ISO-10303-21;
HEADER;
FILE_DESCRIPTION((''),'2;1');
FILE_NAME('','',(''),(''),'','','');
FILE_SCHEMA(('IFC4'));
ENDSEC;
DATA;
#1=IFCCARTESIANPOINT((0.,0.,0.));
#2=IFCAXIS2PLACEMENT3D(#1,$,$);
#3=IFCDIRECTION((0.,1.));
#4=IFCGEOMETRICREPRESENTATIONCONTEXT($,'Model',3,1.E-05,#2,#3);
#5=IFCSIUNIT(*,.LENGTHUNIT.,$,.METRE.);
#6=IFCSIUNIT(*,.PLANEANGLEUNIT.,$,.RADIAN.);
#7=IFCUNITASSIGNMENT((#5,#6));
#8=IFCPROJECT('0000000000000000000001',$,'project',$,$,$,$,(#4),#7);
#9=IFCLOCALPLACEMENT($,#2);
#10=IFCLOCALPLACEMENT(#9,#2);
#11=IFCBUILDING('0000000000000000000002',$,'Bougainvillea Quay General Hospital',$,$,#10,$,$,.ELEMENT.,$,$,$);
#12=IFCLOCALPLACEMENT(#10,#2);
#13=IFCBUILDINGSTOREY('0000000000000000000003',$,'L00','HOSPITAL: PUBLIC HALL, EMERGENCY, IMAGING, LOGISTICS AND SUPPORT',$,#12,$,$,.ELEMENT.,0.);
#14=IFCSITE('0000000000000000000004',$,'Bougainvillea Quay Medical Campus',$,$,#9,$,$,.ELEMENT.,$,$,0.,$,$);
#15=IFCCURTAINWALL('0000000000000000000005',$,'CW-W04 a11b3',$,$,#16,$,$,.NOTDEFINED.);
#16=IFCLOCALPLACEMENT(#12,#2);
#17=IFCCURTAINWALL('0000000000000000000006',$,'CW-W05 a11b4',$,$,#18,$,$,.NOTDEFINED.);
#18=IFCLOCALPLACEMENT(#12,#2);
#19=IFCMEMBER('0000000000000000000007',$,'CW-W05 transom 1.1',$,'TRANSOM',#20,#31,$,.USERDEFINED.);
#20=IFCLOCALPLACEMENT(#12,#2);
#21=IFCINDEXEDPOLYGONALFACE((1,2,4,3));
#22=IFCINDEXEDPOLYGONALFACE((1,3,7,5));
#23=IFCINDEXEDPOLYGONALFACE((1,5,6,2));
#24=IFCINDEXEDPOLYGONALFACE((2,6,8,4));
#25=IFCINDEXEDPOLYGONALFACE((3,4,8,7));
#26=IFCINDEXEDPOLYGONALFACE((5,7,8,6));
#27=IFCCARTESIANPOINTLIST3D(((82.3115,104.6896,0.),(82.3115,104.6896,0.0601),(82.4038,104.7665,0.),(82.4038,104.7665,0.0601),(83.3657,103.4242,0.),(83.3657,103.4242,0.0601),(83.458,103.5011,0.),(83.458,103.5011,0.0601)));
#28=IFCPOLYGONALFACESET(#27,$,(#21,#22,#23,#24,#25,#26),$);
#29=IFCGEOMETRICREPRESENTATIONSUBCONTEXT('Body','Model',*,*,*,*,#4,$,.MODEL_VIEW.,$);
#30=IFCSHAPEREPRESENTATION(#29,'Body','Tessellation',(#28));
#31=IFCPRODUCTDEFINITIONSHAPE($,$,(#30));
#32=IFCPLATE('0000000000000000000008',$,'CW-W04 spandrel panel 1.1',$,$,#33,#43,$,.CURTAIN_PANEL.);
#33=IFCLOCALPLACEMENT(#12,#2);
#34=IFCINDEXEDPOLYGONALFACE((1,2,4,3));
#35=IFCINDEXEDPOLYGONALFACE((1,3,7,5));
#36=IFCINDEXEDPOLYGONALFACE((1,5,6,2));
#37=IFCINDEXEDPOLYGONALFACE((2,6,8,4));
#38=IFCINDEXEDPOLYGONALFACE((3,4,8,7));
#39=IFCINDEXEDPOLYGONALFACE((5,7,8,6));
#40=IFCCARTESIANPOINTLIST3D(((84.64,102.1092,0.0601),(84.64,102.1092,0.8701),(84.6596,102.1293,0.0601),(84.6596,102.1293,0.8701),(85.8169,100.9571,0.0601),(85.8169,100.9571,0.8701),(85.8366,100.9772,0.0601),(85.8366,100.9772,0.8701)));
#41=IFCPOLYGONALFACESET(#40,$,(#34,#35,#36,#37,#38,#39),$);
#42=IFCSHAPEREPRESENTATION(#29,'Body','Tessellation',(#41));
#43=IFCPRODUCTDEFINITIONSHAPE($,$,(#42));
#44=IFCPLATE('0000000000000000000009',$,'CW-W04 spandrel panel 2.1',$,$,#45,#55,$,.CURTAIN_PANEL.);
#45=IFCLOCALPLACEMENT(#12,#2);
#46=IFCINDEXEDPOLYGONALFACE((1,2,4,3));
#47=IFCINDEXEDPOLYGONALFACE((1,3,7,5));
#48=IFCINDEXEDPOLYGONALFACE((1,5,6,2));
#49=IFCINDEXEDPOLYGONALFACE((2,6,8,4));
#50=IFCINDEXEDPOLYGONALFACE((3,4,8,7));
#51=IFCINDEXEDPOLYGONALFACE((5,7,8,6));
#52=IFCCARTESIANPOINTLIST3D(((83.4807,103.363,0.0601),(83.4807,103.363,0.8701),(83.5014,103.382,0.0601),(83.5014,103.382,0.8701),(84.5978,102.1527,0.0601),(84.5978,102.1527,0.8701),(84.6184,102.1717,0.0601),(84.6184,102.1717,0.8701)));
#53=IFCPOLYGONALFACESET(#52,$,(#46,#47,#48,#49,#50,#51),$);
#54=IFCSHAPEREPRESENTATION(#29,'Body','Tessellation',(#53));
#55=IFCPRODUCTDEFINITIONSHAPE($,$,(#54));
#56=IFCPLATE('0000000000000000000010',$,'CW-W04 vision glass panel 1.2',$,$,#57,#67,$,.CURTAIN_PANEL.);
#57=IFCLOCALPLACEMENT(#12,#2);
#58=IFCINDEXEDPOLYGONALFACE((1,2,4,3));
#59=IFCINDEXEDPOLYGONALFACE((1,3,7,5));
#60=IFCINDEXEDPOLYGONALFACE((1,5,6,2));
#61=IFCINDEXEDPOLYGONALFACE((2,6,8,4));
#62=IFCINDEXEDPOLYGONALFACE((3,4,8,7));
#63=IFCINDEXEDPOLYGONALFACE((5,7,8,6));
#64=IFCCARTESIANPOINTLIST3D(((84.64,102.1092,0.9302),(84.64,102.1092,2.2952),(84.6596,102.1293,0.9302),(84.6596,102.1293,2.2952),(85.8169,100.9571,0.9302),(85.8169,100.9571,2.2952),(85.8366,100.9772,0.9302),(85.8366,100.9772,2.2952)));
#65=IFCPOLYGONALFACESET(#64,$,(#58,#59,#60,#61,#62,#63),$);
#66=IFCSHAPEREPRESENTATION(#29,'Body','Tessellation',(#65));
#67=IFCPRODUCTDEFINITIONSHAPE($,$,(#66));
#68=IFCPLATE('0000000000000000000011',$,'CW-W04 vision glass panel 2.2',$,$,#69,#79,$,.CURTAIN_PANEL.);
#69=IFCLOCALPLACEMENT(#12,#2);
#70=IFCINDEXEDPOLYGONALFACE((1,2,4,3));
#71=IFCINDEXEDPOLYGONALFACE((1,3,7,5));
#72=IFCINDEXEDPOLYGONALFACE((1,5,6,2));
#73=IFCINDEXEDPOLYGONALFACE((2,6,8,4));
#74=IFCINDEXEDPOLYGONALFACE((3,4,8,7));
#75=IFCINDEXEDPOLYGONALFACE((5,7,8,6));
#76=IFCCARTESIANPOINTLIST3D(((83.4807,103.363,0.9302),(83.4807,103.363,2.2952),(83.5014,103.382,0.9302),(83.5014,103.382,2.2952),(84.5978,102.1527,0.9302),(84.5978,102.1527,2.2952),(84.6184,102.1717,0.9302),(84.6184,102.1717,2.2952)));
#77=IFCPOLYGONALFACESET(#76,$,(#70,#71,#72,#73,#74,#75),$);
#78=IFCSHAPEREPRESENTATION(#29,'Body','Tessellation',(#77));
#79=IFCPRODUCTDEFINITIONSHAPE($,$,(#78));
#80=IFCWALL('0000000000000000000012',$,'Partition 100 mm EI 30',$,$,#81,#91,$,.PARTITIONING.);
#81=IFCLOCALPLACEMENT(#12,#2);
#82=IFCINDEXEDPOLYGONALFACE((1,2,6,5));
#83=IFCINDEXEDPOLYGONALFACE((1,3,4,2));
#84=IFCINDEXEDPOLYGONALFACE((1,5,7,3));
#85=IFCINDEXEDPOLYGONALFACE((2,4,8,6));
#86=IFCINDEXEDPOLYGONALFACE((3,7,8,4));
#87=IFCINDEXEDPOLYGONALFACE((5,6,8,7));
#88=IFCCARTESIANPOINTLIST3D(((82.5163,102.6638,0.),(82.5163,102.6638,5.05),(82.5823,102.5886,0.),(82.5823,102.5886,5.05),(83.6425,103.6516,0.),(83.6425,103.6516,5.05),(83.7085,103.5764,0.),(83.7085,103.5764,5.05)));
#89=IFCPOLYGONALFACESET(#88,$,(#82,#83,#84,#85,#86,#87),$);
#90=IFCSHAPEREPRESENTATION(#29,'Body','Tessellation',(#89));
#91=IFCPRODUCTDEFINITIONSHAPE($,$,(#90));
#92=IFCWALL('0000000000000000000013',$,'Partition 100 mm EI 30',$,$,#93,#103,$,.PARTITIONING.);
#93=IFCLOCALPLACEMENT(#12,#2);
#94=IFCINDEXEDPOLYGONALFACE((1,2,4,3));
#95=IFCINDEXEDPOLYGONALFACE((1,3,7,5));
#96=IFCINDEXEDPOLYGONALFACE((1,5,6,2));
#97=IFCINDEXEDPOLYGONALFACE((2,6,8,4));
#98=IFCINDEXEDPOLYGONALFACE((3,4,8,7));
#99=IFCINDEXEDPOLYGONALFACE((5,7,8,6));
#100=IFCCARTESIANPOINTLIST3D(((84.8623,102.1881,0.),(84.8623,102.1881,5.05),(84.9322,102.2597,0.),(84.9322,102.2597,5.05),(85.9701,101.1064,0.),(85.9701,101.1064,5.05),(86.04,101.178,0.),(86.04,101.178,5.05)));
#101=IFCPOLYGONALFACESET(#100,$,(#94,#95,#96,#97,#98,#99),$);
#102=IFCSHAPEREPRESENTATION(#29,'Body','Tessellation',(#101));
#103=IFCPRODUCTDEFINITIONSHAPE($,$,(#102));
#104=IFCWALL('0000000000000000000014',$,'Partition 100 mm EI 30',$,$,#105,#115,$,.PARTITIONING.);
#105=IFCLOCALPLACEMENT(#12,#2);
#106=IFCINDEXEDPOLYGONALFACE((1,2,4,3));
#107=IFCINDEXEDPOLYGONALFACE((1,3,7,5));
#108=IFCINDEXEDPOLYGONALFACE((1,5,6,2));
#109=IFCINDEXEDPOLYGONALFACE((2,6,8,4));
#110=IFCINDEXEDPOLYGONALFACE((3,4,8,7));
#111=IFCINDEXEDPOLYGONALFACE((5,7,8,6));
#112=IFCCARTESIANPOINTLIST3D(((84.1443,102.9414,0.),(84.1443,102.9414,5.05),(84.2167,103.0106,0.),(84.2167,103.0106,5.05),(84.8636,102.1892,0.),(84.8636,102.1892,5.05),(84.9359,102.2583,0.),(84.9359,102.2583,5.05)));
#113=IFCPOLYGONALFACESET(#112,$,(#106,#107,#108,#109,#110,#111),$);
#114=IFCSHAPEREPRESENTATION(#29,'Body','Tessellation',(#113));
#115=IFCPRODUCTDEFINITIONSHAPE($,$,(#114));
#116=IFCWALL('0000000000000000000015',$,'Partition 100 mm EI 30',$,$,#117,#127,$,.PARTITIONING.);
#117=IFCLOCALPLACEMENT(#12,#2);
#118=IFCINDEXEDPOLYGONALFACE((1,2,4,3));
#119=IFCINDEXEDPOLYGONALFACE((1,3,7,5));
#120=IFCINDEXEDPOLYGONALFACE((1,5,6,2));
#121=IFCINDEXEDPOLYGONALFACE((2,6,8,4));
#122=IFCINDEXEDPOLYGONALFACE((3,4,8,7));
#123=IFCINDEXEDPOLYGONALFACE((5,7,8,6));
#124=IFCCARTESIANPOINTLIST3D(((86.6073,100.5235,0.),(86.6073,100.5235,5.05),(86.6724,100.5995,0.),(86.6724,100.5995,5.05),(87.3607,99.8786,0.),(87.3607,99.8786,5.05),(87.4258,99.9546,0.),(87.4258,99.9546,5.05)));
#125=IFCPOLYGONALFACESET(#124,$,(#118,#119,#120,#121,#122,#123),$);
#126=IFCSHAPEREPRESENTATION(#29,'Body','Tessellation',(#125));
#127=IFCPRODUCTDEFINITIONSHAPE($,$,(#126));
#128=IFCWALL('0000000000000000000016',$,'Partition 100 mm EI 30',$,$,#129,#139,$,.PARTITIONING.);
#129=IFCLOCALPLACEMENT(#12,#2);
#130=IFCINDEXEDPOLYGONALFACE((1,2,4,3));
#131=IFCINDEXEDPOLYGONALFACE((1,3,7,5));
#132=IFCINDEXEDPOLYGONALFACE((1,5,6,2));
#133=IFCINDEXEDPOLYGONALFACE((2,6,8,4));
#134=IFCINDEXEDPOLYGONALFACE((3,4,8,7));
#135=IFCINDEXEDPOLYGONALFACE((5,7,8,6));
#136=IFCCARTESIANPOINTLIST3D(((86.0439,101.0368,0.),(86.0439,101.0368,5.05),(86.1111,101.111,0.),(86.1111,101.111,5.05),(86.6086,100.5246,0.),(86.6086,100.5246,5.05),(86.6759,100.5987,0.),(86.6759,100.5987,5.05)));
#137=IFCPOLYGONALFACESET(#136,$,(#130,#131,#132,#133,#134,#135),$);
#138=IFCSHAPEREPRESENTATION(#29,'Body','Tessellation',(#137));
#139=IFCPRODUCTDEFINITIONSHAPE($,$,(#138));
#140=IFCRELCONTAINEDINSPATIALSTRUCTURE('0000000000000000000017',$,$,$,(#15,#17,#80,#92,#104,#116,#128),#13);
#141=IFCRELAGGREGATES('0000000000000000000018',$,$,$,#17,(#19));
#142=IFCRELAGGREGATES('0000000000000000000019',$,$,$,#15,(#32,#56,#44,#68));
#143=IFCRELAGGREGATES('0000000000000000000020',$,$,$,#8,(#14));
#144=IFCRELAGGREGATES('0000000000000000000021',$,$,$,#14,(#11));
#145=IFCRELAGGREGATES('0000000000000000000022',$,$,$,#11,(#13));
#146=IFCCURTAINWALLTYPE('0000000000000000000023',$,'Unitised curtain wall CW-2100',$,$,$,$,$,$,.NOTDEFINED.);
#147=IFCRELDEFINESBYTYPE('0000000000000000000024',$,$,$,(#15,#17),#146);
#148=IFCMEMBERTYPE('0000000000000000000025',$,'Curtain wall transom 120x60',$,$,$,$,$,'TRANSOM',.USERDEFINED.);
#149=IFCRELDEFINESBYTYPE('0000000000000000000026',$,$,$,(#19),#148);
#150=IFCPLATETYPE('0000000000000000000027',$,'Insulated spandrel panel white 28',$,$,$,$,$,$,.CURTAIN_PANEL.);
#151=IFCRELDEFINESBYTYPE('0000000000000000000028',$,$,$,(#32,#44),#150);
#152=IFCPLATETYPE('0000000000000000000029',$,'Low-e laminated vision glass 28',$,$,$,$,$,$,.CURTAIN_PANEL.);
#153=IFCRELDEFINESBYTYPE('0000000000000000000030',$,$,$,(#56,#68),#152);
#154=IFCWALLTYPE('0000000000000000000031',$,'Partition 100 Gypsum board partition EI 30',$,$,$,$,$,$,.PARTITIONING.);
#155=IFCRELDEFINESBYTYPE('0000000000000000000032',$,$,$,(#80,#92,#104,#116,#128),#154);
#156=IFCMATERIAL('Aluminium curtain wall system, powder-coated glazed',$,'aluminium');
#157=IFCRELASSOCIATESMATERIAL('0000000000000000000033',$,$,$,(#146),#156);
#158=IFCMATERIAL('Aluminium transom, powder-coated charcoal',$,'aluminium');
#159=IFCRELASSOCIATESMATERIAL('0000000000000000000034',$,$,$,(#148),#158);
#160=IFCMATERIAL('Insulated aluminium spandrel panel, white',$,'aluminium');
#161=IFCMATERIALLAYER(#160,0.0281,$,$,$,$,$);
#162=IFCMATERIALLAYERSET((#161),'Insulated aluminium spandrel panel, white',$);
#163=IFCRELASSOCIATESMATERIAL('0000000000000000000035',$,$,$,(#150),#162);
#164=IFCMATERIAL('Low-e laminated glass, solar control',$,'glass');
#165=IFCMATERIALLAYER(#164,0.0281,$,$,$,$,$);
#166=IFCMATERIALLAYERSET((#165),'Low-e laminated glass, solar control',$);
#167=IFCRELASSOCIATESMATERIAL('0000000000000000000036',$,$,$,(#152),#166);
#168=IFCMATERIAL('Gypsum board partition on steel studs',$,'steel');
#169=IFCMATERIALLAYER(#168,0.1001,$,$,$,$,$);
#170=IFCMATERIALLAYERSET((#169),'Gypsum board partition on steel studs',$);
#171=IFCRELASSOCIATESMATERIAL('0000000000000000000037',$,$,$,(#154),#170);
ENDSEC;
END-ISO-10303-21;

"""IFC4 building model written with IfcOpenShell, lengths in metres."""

from ifc_helpers import new_model, si_unit, direction, frame, frame_2d, origin, origin_2d, place, context, subcontext, project, spatial, rectangle, extrude, material, layer, layer_set, material_profile, profile_set, type_object, element, aggregate, save


model = new_model("IFC4")

# Units and contexts
model_context = context("Model", 3, precision=1e-05, world=origin(), true_north=direction((0.0, 1.0)))
body_context = subcontext(model_context, "Body", "Model", "MODEL_VIEW")
ifc_project = project(units=[si_unit("LENGTHUNIT", "METRE"), si_unit("PLANEANGLEUNIT", "RADIAN")], contexts=[model_context])

# Site, building, storey
site_placement = place(None, origin())
site = spatial("IfcSite", under=ifc_project, at=site_placement, Name="Bougainvillea Quay Medical Campus", CompositionType="ELEMENT", RefElevation=0.0)
building_placement = place(site_placement, origin())
building = spatial("IfcBuilding", under=site, at=building_placement, Name="Bougainvillea Quay General Hospital", CompositionType="ELEMENT")
storey_placement = place(building_placement, origin())
storey = spatial("IfcBuildingStorey", under=building, at=storey_placement, Name="L00", Description="HOSPITAL: PUBLIC HALL, EMERGENCY, IMAGING, LOGISTICS AND SUPPORT", CompositionType="ELEMENT", Elevation=0.0)

# Shared definitions
ifc_material_1 = material(Name="Aluminium curtain wall system, powder-coated glazed", Category="aluminium")
curtain_wall_type = type_object("IfcCurtainWallType", Name="Unitised curtain wall CW-2100", PredefinedType="NOTDEFINED", material=ifc_material_1)

# Curtain wall
curtain_wall_1_placement = place(storey_placement, origin())
curtain_wall_1 = element("IfcCurtainWall", 1, at=curtain_wall_1_placement, inside=storey, type_object=curtain_wall_type, Name="CW-W04 a11b3", PredefinedType="NOTDEFINED")

# Curtain wall
curtain_wall_2_placement = place(storey_placement, origin())
curtain_wall_2 = element("IfcCurtainWall", 2, at=curtain_wall_2_placement, inside=storey, type_object=curtain_wall_type, Name="CW-W05 a11b4", PredefinedType="NOTDEFINED")

# Member
ifc_material_2 = material(Name="Aluminium transom, powder-coated charcoal", Category="aluminium")
ifc_material_profile_1 = material_profile(ifc_material_2, rectangle(XDim=0.1201, YDim=0.0601, at=origin_2d()))
ifc_profile_set_1 = profile_set([ifc_material_profile_1], Name="Aluminium transom, powder-coated charcoal")
member_type_1 = type_object("IfcMemberType", Name="Curtain wall transom 120x60", ElementType="TRANSOM", PredefinedType="USERDEFINED", material=ifc_profile_set_1)
member_1_placement = place(storey_placement, frame((83.4119, 103.4626, 0.03), z_axis=(-0.640082, 0.768306, 0.0), x_axis=(-0.768306, -0.640082, 0.0)))
member_1 = element("IfcMember", 3, at=member_1_placement, type_object=member_type_1, Name="CW-W05 transom 1.1", ObjectType="TRANSOM", PredefinedType="USERDEFINED", context=body_context, shape_type="SweptSolid", body=[
    extrude(rectangle(XDim=0.1201, YDim=0.0601, at=origin_2d()), origin(), (0.0, 0.0, 1.0), 1.647),
])
aggregate(curtain_wall_2, [member_1])

# Plates
ifc_material_3 = material(Name="Insulated aluminium spandrel panel, white", Category="aluminium")
ifc_layer_1 = layer(ifc_material_3, 0.0281)
ifc_layer_set_1 = layer_set([ifc_layer_1], Name="Insulated aluminium spandrel panel, white")
plate_type_1 = type_object("IfcPlateType", Name="Insulated spandrel panel white 28", PredefinedType="CURTAIN_PANEL", material=ifc_layer_set_1)
plate_1_placement = place(storey_placement, frame((85.2383, 101.5432, 0.0601), z_axis=(0.0, 0.0, 1.0), x_axis=(-0.714607, 0.699526, 0.0)))
plate_1 = element("IfcPlate", 4, at=plate_1_placement, type_object=plate_type_1, Name="CW-W04 spandrel panel 1.1", PredefinedType="CURTAIN_PANEL", context=body_context, shape_type="SweptSolid", body=[
    extrude(rectangle(XDim=1.647, YDim=0.0281, at=origin_2d()), origin(), (0.0, 0.0, 1.0), 0.8101),
])
plate_2_placement = place(storey_placement, frame((84.0496, 102.7673, 0.0601), z_axis=(0.0, 0.0, 1.0), x_axis=(-0.678224, 0.734855, 0.0)))
plate_2 = element("IfcPlate", 5, at=plate_2_placement, type_object=plate_type_1, Name="CW-W04 spandrel panel 2.1", PredefinedType="CURTAIN_PANEL", context=body_context, shape_type="SweptSolid", body=[
    extrude(rectangle(XDim=1.647, YDim=0.0281, at=origin_2d()), origin(), (0.0, 0.0, 1.0), 0.8101),
])
ifc_material_4 = material(Name="Low-e laminated glass, solar control", Category="glass")
ifc_layer_2 = layer(ifc_material_4, 0.0281)
ifc_layer_set_2 = layer_set([ifc_layer_2], Name="Low-e laminated glass, solar control")
plate_type_2 = type_object("IfcPlateType", Name="Low-e laminated vision glass 28", PredefinedType="CURTAIN_PANEL", material=ifc_layer_set_2)
plate_3_placement = place(storey_placement, frame((85.2383, 101.5432, 0.9302), z_axis=(0.0, 0.0, 1.0), x_axis=(-0.714607, 0.699526, 0.0)))
plate_3 = element("IfcPlate", 6, at=plate_3_placement, type_object=plate_type_2, Name="CW-W04 vision glass panel 1.2", PredefinedType="CURTAIN_PANEL", context=body_context, shape_type="SweptSolid", body=[
    extrude(rectangle(XDim=1.647, YDim=0.0281, at=origin_2d()), origin(), (0.0, 0.0, 1.0), 1.365),
])
plate_4_placement = place(storey_placement, frame((84.0496, 102.7673, 0.9302), z_axis=(0.0, 0.0, 1.0), x_axis=(-0.678224, 0.734855, 0.0)))
plate_4 = element("IfcPlate", 7, at=plate_4_placement, type_object=plate_type_2, Name="CW-W04 vision glass panel 2.2", PredefinedType="CURTAIN_PANEL", context=body_context, shape_type="SweptSolid", body=[
    extrude(rectangle(XDim=1.647, YDim=0.0281, at=origin_2d()), origin(), (0.0, 0.0, 1.0), 1.365),
])
aggregate(curtain_wall_1, [plate_1, plate_3, plate_2, plate_4])

# Walls
ifc_material_5 = material(Name="Gypsum board partition on steel studs", Category="steel")
ifc_layer_3 = layer(ifc_material_5, 0.1001)
ifc_layer_set_3 = layer_set([ifc_layer_3], Name="Gypsum board partition on steel studs")
wall_type = type_object("IfcWallType", Name="Partition 100 Gypsum board partition EI 30", PredefinedType="PARTITIONING", material=ifc_layer_set_3)
wall_1_placement = place(storey_placement, frame((82.5493, 102.6262, 0.0), z_axis=(0.0, 0.0, 1.0), x_axis=(0.751799, 0.659393, 0.0)))
element("IfcWall", 8, at=wall_1_placement, inside=storey, type_object=wall_type, Name="Partition 100 mm EI 30", PredefinedType="PARTITIONING", context=body_context, shape_type="SweptSolid", body=[
    extrude(rectangle(XDim=1.498, YDim=0.1001, at=frame_2d((0.749, 0.0))), origin(), (0.0, 0.0, 1.0), 5.05),
])
wall_2_placement = place(storey_placement, frame((84.8972, 102.2239, 0.0), z_axis=(0.0, 0.0, 1.0), x_axis=(0.715492, -0.698621, 0.0)))
element("IfcWall", 9, at=wall_2_placement, inside=storey, type_object=wall_type, Name="Partition 100 mm EI 30", PredefinedType="PARTITIONING", context=body_context, shape_type="SweptSolid", body=[
    extrude(rectangle(XDim=1.5483, YDim=0.1001, at=frame_2d((0.7742, 0.0))), origin(), (0.0, 0.0, 1.0), 5.05),
])
wall_3_placement = place(storey_placement, frame((84.1804, 102.9761, 0.0), z_axis=(0.0, 0.0, 1.0), x_axis=(0.691095, -0.722764, 0.0)))
element("IfcWall", 10, at=wall_3_placement, inside=storey, type_object=wall_type, Name="Partition 100 mm EI 30", PredefinedType="PARTITIONING", context=body_context, shape_type="SweptSolid", body=[
    extrude(rectangle(XDim=1.0408, YDim=0.1001, at=frame_2d((0.5205, 0.0))), origin(), (0.0, 0.0, 1.0), 5.05),
])
wall_4_placement = place(storey_placement, frame((86.6399, 100.5615, 0.0), z_axis=(0.0, 0.0, 1.0), x_axis=(0.759639, -0.650345, 0.0)))
element("IfcWall", 11, at=wall_4_placement, inside=storey, type_object=wall_type, Name="Partition 100 mm EI 30", PredefinedType="PARTITIONING", context=body_context, shape_type="SweptSolid", body=[
    extrude(rectangle(XDim=0.9917, YDim=0.1001, at=frame_2d((0.4958, 0.0))), origin(), (0.0, 0.0, 1.0), 5.05),
])
wall_5_placement = place(storey_placement, frame((86.0774, 101.074, 0.0), z_axis=(0.0, 0.0, 1.0), x_axis=(0.740693, -0.671844, 0.0)))
element("IfcWall", 12, at=wall_5_placement, inside=storey, type_object=wall_type, Name="Partition 100 mm EI 30", PredefinedType="PARTITIONING", context=body_context, shape_type="SweptSolid", body=[
    extrude(rectangle(XDim=0.7625, YDim=0.1001, at=frame_2d((0.3813, 0.0))), origin(), (0.0, 0.0, 1.0), 5.05),
])

save(model, "model.ifc")
